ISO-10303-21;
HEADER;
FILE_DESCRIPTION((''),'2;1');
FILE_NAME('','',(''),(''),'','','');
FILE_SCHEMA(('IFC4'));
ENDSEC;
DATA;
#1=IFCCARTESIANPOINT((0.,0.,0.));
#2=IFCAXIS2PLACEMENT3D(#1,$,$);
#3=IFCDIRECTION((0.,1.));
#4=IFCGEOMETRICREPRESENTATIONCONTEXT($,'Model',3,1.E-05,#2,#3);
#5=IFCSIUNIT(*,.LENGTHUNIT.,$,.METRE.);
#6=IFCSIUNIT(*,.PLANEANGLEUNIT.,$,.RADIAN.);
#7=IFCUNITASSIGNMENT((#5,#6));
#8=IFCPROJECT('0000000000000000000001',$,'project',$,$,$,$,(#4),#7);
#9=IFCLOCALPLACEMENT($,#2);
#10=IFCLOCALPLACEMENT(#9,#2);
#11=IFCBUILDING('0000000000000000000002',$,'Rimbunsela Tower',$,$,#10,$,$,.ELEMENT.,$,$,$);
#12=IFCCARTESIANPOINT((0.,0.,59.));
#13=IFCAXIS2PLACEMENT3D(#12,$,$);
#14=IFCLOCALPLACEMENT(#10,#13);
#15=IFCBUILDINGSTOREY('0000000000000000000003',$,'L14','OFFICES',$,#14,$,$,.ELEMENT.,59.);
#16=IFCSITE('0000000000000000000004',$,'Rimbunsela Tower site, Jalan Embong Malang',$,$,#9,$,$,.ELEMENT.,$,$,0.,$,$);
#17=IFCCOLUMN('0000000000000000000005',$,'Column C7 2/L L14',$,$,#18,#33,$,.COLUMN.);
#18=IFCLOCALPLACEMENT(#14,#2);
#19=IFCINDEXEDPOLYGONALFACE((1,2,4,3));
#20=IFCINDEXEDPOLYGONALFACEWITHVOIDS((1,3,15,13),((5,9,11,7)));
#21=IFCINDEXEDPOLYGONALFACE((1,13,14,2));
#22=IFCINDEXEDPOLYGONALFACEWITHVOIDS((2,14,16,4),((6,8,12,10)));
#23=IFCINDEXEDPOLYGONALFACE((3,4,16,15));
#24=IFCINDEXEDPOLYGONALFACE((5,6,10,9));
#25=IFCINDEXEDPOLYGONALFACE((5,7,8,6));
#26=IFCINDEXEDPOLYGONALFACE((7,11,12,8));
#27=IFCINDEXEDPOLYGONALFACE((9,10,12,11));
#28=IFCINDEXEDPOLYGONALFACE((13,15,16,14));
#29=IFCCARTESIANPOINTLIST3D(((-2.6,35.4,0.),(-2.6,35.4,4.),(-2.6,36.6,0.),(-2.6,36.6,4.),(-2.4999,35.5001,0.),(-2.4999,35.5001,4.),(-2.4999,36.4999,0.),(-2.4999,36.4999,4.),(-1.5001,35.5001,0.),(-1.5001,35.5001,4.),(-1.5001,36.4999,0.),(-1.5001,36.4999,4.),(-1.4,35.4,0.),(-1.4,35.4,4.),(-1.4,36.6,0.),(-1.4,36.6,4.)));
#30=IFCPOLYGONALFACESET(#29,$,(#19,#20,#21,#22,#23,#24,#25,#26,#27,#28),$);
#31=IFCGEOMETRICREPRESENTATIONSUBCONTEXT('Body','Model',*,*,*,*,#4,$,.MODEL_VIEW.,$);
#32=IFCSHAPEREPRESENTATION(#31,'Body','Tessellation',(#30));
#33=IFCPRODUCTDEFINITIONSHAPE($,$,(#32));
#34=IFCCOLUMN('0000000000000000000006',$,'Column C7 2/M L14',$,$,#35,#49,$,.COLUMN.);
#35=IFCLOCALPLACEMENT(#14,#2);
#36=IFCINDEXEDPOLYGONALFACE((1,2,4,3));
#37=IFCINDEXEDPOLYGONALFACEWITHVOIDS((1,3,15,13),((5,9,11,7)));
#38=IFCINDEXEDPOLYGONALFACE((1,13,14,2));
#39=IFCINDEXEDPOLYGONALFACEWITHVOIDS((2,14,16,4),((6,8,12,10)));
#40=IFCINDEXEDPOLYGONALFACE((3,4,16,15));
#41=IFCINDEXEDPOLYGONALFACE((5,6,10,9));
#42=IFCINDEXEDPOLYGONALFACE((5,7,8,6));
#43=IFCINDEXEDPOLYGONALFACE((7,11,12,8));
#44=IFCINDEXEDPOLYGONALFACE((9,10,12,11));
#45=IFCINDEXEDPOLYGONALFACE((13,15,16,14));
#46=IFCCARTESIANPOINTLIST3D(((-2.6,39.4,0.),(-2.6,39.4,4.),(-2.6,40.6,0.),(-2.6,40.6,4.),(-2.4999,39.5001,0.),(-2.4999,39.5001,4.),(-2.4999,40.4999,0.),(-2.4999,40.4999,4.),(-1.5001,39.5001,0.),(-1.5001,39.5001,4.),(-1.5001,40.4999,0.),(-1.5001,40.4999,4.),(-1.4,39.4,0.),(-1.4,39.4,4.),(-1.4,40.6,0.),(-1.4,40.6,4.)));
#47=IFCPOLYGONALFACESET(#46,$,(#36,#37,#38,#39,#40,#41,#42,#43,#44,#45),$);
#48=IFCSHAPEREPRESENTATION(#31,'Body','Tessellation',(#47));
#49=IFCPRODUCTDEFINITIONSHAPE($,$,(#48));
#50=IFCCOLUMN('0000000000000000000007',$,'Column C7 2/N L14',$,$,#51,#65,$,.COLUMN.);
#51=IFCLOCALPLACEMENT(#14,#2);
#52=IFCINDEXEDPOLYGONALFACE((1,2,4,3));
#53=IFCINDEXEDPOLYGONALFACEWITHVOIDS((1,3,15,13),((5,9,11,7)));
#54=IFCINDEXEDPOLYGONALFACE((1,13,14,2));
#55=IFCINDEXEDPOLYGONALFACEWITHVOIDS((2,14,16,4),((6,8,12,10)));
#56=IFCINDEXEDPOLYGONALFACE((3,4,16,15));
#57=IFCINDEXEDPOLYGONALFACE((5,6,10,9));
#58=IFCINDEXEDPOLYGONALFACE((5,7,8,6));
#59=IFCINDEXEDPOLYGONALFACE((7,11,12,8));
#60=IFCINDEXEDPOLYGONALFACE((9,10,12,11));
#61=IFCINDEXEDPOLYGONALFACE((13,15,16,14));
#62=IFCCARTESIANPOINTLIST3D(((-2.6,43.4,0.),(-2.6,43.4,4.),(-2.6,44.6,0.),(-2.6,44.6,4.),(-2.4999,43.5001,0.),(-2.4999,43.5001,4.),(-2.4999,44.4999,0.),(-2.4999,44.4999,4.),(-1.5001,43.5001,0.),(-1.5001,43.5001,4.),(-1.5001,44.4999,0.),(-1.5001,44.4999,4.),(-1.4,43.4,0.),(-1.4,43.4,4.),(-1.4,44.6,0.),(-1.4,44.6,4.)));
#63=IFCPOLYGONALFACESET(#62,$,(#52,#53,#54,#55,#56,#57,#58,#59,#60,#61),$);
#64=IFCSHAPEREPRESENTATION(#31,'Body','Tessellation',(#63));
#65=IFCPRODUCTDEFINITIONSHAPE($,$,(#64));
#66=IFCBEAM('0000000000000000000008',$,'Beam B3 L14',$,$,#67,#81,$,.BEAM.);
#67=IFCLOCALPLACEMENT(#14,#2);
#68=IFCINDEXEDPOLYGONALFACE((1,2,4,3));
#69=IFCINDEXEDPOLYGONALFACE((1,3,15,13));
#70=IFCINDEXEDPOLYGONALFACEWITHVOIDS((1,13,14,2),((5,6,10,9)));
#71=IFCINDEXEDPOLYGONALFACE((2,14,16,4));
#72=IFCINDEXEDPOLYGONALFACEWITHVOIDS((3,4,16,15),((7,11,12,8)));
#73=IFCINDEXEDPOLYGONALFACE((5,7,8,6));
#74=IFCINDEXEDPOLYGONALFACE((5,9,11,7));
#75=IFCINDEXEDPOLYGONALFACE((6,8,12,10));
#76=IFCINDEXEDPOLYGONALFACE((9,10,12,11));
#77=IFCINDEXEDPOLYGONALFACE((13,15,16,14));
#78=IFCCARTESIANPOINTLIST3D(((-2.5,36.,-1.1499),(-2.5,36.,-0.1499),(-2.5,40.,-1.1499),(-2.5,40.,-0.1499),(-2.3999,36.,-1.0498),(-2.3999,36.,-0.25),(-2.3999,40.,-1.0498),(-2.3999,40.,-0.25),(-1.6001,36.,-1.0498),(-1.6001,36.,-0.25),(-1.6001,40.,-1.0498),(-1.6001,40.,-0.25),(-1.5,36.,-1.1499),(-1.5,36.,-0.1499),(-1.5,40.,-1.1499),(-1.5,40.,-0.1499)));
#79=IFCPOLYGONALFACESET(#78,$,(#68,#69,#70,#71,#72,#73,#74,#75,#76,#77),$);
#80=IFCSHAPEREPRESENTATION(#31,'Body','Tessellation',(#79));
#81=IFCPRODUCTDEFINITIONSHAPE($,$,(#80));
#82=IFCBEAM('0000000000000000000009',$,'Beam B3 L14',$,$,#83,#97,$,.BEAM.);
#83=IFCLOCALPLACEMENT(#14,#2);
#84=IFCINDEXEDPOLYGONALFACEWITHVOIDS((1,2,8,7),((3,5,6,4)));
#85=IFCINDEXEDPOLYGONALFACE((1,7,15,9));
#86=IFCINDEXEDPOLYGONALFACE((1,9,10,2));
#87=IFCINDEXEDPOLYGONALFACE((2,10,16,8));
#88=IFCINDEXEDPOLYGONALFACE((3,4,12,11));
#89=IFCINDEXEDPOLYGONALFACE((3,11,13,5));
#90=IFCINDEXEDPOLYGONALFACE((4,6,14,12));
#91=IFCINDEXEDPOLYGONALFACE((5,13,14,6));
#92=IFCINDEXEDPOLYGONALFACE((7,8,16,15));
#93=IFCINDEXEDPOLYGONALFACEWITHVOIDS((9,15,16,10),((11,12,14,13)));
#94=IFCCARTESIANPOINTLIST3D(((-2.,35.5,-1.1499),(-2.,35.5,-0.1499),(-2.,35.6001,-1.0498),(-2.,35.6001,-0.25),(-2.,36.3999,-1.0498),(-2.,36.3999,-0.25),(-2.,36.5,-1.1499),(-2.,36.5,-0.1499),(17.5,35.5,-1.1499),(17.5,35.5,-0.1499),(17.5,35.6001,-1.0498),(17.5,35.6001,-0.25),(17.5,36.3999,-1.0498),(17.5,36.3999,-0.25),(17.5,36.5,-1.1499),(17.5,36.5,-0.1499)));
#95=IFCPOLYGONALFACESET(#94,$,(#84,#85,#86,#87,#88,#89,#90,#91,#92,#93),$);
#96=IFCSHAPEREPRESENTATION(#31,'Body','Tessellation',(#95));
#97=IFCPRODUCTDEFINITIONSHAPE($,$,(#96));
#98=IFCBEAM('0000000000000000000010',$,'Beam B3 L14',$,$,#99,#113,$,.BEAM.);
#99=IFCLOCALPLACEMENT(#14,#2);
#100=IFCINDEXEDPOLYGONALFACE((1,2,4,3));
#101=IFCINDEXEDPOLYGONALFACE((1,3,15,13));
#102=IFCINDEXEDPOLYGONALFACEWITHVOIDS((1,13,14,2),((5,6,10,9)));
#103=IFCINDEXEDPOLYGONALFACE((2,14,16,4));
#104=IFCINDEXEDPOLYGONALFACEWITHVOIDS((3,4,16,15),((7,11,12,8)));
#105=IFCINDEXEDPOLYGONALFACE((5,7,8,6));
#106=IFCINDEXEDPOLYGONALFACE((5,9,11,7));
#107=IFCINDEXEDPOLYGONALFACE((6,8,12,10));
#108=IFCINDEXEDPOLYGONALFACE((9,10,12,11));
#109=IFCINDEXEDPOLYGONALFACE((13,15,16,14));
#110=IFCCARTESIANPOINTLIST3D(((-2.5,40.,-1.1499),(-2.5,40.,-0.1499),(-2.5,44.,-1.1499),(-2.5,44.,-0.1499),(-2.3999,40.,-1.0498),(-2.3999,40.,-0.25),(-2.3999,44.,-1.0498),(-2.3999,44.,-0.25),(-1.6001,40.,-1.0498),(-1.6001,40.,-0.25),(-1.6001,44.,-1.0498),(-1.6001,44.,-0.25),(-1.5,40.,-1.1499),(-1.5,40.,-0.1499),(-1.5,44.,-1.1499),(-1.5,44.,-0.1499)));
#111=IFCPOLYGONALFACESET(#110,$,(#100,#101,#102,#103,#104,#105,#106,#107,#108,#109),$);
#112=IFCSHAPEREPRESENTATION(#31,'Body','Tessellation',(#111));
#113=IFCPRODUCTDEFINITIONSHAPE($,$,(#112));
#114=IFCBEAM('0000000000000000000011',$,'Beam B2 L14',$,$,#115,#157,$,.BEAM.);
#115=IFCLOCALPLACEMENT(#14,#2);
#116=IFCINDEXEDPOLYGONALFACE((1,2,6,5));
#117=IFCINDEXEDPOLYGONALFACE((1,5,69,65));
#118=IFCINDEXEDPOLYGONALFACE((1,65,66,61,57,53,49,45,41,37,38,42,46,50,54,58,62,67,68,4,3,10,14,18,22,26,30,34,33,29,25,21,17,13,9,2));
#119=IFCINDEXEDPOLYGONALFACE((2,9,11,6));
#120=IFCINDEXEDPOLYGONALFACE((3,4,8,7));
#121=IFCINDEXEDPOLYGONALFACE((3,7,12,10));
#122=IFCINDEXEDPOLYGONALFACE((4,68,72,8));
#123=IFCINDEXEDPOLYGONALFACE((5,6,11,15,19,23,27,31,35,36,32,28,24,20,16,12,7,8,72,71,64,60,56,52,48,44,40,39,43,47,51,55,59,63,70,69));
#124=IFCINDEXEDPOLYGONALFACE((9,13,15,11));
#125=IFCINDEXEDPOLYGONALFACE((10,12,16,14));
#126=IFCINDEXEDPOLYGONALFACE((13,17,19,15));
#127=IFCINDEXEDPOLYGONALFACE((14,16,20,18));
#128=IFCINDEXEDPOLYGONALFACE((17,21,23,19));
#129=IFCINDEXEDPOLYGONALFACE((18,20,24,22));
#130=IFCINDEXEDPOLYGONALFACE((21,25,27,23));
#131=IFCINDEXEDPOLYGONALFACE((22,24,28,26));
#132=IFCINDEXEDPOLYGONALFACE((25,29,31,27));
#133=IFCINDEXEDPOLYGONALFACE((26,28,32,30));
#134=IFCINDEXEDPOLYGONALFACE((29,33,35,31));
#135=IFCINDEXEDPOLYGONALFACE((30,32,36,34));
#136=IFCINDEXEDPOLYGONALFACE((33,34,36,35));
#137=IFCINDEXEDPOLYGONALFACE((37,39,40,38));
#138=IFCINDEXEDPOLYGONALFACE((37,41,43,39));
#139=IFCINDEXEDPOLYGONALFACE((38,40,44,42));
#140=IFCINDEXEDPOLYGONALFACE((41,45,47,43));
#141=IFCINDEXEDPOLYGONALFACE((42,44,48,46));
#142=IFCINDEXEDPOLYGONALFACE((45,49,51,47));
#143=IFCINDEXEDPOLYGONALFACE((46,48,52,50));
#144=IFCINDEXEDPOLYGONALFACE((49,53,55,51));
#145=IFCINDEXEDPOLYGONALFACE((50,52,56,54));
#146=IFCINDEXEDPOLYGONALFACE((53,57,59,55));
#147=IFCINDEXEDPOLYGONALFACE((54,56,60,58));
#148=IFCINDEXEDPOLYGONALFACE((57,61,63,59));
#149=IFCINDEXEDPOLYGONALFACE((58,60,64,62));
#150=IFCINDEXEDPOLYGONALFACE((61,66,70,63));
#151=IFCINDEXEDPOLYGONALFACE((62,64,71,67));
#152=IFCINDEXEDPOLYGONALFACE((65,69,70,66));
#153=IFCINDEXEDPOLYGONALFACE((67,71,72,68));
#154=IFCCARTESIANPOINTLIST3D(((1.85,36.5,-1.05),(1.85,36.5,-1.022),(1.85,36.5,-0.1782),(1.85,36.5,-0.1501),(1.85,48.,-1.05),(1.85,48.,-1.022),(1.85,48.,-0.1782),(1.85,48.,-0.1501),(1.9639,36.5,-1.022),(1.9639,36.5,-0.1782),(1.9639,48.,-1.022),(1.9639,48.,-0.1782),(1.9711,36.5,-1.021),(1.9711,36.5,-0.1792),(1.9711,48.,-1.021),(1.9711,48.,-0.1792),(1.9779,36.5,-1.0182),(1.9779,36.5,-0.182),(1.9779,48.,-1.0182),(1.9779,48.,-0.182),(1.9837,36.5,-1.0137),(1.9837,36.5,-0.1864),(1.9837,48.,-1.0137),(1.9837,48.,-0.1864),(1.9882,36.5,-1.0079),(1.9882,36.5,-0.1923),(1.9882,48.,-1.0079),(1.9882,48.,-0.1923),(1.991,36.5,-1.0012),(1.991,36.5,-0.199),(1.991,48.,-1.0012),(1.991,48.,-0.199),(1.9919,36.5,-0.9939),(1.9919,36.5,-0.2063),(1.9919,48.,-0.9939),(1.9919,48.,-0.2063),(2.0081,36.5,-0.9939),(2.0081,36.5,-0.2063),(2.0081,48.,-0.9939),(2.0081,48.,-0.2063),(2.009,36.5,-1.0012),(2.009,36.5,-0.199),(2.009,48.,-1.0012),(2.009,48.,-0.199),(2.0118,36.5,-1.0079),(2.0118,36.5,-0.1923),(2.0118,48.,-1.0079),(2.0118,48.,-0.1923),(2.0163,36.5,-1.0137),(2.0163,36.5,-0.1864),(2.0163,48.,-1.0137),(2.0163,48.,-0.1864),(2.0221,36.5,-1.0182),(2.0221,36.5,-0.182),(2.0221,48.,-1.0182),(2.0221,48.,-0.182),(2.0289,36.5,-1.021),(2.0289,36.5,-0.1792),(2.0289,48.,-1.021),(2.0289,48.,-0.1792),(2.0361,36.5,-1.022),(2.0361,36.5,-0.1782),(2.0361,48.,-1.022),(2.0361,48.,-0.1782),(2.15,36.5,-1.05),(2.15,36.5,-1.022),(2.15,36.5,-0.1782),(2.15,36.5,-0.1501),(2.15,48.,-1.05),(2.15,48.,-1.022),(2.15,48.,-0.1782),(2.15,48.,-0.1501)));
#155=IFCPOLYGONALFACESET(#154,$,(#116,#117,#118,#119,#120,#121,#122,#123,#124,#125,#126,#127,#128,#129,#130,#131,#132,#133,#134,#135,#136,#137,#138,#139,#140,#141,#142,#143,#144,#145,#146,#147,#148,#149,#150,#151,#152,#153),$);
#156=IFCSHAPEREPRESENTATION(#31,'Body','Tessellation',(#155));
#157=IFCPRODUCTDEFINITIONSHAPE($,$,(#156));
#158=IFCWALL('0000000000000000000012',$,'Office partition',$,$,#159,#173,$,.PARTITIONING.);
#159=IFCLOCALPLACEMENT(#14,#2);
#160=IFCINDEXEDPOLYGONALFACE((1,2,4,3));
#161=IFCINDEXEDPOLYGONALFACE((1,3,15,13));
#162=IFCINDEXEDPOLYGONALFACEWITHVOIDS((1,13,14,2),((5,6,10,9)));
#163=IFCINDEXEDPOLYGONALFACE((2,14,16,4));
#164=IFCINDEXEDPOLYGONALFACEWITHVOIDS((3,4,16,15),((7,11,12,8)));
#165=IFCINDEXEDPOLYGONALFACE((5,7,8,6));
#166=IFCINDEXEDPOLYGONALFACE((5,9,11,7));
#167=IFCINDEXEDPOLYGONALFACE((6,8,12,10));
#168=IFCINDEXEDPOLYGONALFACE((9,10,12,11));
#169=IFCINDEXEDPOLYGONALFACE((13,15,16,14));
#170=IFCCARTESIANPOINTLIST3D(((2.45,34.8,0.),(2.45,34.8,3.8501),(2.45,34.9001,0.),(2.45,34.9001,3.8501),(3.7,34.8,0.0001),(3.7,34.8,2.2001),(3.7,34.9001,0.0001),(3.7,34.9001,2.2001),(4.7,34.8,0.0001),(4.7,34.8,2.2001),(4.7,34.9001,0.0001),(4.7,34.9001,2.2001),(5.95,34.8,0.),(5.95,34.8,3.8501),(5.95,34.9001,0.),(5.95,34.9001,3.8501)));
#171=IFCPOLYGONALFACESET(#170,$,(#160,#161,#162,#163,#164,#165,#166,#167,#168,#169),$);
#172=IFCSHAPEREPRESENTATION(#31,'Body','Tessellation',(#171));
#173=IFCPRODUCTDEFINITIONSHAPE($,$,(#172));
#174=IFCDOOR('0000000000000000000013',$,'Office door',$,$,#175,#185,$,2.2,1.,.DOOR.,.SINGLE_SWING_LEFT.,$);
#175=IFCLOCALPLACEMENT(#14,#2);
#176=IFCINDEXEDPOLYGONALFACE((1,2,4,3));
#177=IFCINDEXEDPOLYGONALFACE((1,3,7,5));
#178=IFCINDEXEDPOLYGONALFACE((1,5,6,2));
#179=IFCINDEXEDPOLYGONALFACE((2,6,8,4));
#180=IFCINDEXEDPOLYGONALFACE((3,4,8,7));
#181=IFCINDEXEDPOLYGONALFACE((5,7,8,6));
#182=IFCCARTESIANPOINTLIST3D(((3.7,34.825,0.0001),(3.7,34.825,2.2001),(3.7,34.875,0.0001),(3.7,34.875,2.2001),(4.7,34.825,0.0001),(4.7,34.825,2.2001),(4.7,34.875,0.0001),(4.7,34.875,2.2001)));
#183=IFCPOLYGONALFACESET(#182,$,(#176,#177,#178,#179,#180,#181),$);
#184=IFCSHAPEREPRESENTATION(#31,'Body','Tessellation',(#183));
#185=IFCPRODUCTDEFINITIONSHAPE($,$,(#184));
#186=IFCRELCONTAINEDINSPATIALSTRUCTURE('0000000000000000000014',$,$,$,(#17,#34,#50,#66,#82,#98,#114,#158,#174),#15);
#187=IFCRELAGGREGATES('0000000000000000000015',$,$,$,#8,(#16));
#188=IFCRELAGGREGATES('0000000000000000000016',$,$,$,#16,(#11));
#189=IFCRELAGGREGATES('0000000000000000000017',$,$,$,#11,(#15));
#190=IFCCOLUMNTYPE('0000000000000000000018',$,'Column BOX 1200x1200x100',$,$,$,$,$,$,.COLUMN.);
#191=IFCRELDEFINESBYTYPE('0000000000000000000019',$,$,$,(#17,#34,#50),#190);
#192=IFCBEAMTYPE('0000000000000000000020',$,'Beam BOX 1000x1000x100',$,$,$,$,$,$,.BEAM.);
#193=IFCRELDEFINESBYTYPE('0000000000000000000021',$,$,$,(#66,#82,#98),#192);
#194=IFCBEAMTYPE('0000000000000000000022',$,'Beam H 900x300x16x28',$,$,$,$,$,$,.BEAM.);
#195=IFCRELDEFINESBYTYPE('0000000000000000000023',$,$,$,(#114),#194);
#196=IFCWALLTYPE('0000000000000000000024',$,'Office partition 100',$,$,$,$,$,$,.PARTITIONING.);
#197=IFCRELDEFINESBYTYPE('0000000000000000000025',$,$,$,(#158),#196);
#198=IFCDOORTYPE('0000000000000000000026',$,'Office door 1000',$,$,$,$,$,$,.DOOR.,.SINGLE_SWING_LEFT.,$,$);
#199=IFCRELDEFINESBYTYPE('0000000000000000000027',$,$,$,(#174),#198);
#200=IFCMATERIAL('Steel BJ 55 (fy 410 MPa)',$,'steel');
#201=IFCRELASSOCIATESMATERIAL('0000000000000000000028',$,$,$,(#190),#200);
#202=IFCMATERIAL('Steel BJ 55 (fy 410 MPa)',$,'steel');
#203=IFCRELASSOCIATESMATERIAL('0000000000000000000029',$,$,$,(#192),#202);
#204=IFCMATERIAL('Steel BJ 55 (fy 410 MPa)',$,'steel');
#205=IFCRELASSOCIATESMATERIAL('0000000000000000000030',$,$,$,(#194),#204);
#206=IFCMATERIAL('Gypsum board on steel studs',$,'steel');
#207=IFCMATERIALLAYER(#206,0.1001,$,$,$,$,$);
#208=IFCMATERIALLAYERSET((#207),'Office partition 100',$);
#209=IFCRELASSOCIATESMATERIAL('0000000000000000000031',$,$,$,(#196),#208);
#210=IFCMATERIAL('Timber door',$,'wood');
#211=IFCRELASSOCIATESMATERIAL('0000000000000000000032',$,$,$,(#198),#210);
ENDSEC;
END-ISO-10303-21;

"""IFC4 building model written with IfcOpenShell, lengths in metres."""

from ifc_helpers import new_model, si_unit, direction, frame, frame_2d, origin, origin_2d, place, context, subcontext, project, spatial, rectangle, hollow_rectangle, i_section, extrude, material, layer, layer_set, material_profile, profile_set, type_object, element, fill, save


model = new_model("IFC4")

# Units and contexts
model_context = context("Model", 3, precision=1e-05, world=origin(), true_north=direction((0.0, 1.0)))
body_context = subcontext(model_context, "Body", "Model", "MODEL_VIEW")
ifc_project = project(units=[si_unit("LENGTHUNIT", "METRE"), si_unit("PLANEANGLEUNIT", "RADIAN")], contexts=[model_context])

# Site, building, storey
site_placement = place(None, origin())
site = spatial("IfcSite", under=ifc_project, at=site_placement, Name="Rimbunsela Tower site, Jalan Embong Malang", CompositionType="ELEMENT", RefElevation=0.0)
building_placement = place(site_placement, origin())
building = spatial("IfcBuilding", under=site, at=building_placement, Name="Rimbunsela Tower", CompositionType="ELEMENT")
storey_placement = place(building_placement, frame((0.0, 0.0, 59.0)))
storey = spatial("IfcBuildingStorey", under=building, at=storey_placement, Name="L14", Description="OFFICES", CompositionType="ELEMENT", Elevation=59.0)

# Columns
ifc_material_1 = material(Name="Steel BJ 55 (fy 410 MPa)", Category="steel")
ifc_material_profile_1 = material_profile(ifc_material_1, hollow_rectangle(XDim=1.2, YDim=1.2, WallThickness=0.1001, at=origin_2d()), Name="BOX 1200x1200x100")
ifc_profile_set_1 = profile_set([ifc_material_profile_1], Name="Steel BJ 55 (fy 410 MPa)")
column_type = type_object("IfcColumnType", Name="Column BOX 1200x1200x100", PredefinedType="COLUMN", material=ifc_profile_set_1)
for number, where, z_axis, x_axis, name in (
    (1, (-2.0, 36.0, 0.0), (0.0, 0.0, 1.0), (1.0, 0.0, 0.0), "Column C7 2/L L14"),
    (2, (-2.0, 40.0, 0.0), (0.0, 0.0, 1.0), (1.0, 0.0, 0.0), "Column C7 2/M L14"),
    (3, (-2.0, 44.0, 0.0), (0.0, 0.0, 1.0), (1.0, 0.0, 0.0), "Column C7 2/N L14"),
):
    element("IfcColumn", number, at=place(storey_placement, frame(where, z_axis=z_axis, x_axis=x_axis)), inside=storey, type_object=column_type, Name=name, PredefinedType="COLUMN", context=body_context, shape_type="SweptSolid", body=[
        extrude(hollow_rectangle(XDim=1.2, YDim=1.2, WallThickness=0.1001, at=origin_2d()), origin(), (0.0, 0.0, 1.0), 4.0),
    ])

# Beams
ifc_material_2 = material(Name="Steel BJ 55 (fy 410 MPa)", Category="steel")
ifc_material_profile_2 = material_profile(ifc_material_2, hollow_rectangle(XDim=1.0, YDim=1.0, WallThickness=0.1001, at=origin_2d()), Name="BOX 1000x1000x100")
ifc_profile_set_2 = profile_set([ifc_material_profile_2], Name="Steel BJ 55 (fy 410 MPa)")
beam_type_1 = type_object("IfcBeamType", Name="Beam BOX 1000x1000x100", PredefinedType="BEAM", material=ifc_profile_set_2)
beam_1_placement = place(storey_placement, frame((-2.0, 36.0, -0.6499), z_axis=(0.0, 1.0, 0.0), x_axis=(-1.0, 0.0, 0.0)))
element("IfcBeam", 4, at=beam_1_placement, inside=storey, type_object=beam_type_1, Name="Beam B3 L14", PredefinedType="BEAM", context=body_context, shape_type="SweptSolid", body=[
    extrude(hollow_rectangle(XDim=1.0, YDim=1.0, WallThickness=0.1001, at=origin_2d()), origin(), (0.0, 0.0, 1.0), 4.0),
])
beam_2_placement = place(storey_placement, frame((-2.0, 36.0, -0.6499), z_axis=(1.0, 0.0, 0.0), x_axis=(0.0, 1.0, 0.0)))
element("IfcBeam", 5, at=beam_2_placement, inside=storey, type_object=beam_type_1, Name="Beam B3 L14", PredefinedType="BEAM", context=body_context, shape_type="SweptSolid", body=[
    extrude(hollow_rectangle(XDim=1.0, YDim=1.0, WallThickness=0.1001, at=origin_2d()), origin(), (0.0, 0.0, 1.0), 19.5),
])
beam_3_placement = place(storey_placement, frame((-2.0, 40.0, -0.6499), z_axis=(0.0, 1.0, 0.0), x_axis=(-1.0, 0.0, 0.0)))
element("IfcBeam", 6, at=beam_3_placement, inside=storey, type_object=beam_type_1, Name="Beam B3 L14", PredefinedType="BEAM", context=body_context, shape_type="SweptSolid", body=[
    extrude(hollow_rectangle(XDim=1.0, YDim=1.0, WallThickness=0.1001, at=origin_2d()), origin(), (0.0, 0.0, 1.0), 4.0),
])
ifc_material_3 = material(Name="Steel BJ 55 (fy 410 MPa)", Category="steel")
ifc_material_profile_3 = material_profile(ifc_material_3, i_section(OverallWidth=0.3, OverallDepth=0.8999, WebThickness=0.0161, FlangeThickness=0.0281, FilletRadius=0.0281, at=origin_2d()), Name="H 900x300x16x28")
ifc_profile_set_3 = profile_set([ifc_material_profile_3], Name="Steel BJ 55 (fy 410 MPa)")
beam_type_2 = type_object("IfcBeamType", Name="Beam H 900x300x16x28", PredefinedType="BEAM", material=ifc_profile_set_3)
beam_4_placement = place(storey_placement, frame((2.0, 36.5, -0.6001), z_axis=(0.0, 1.0, 0.0), x_axis=(-1.0, 0.0, 0.0)))
element("IfcBeam", 7, at=beam_4_placement, inside=storey, type_object=beam_type_2, Name="Beam B2 L14", PredefinedType="BEAM", context=body_context, shape_type="SweptSolid", body=[
    extrude(i_section(OverallWidth=0.3, OverallDepth=0.8999, WebThickness=0.0161, FlangeThickness=0.0281, FilletRadius=0.0281, at=origin_2d()), origin(), (0.0, 0.0, 1.0), 11.5),
])

# Wall, opening, door
ifc_material_4 = material(Name="Gypsum board on steel studs", Category="steel")
ifc_layer_1 = layer(ifc_material_4, 0.1001)
ifc_layer_set_1 = layer_set([ifc_layer_1], Name="Office partition 100")
wall_type_1 = type_object("IfcWallType", Name="Office partition 100", PredefinedType="PARTITIONING", material=ifc_layer_set_1)
wall_1_placement = place(storey_placement, frame((2.45, 34.8501, 0.0), z_axis=(0.0, 0.0, 1.0), x_axis=(1.0, 0.0, 0.0)))
wall_1 = element("IfcWall", 8, at=wall_1_placement, inside=storey, type_object=wall_type_1, Name="Office partition", PredefinedType="PARTITIONING", context=body_context, shape_type="SweptSolid", body=[
    extrude(rectangle(XDim=3.5, YDim=0.1001, at=frame_2d((1.75, 0.0))), origin(), (0.0, 0.0, 1.0), 3.8501),
])
opening_1_placement = place(wall_1_placement, frame((1.25, 0.0, 0.0)))
opening_1 = element("IfcOpeningElement", 9, at=opening_1_placement, cuts=wall_1, PredefinedType="OPENING", context=body_context, shape_type="SweptSolid", body=[
    extrude(rectangle(XDim=1.0, YDim=2.2, at=frame_2d((0.5, 1.1001))), frame((0.0, 0.0601, 0.0), z_axis=(0.0, -1.0, 0.0), x_axis=(1.0, 0.0, 0.0)), (0.0, 0.0, 1.0), 0.1201),
])
ifc_material_5 = material(Name="Timber door", Category="wood")
door_type = type_object("IfcDoorType", Name="Office door 1000", OperationType="SINGLE_SWING_LEFT", PredefinedType="DOOR", material=ifc_material_5)
door_placement = place(opening_1_placement, origin())
door = element("IfcDoor", 10, at=door_placement, inside=storey, type_object=door_type, Name="Office door", OperationType="SINGLE_SWING_LEFT", OverallHeight=2.2, OverallWidth=1.0, PredefinedType="DOOR", context=body_context, shape_type="SweptSolid", body=[
    extrude(rectangle(XDim=1.0, YDim=2.2, at=frame_2d((0.5, 1.1001))), frame((0.0, 0.0249, 0.0), z_axis=(0.0, -1.0, 0.0), x_axis=(1.0, 0.0, 0.0)), (0.0, 0.0, 1.0), 0.05),
])
fill(opening_1, door)

save(model, "model.ifc")
